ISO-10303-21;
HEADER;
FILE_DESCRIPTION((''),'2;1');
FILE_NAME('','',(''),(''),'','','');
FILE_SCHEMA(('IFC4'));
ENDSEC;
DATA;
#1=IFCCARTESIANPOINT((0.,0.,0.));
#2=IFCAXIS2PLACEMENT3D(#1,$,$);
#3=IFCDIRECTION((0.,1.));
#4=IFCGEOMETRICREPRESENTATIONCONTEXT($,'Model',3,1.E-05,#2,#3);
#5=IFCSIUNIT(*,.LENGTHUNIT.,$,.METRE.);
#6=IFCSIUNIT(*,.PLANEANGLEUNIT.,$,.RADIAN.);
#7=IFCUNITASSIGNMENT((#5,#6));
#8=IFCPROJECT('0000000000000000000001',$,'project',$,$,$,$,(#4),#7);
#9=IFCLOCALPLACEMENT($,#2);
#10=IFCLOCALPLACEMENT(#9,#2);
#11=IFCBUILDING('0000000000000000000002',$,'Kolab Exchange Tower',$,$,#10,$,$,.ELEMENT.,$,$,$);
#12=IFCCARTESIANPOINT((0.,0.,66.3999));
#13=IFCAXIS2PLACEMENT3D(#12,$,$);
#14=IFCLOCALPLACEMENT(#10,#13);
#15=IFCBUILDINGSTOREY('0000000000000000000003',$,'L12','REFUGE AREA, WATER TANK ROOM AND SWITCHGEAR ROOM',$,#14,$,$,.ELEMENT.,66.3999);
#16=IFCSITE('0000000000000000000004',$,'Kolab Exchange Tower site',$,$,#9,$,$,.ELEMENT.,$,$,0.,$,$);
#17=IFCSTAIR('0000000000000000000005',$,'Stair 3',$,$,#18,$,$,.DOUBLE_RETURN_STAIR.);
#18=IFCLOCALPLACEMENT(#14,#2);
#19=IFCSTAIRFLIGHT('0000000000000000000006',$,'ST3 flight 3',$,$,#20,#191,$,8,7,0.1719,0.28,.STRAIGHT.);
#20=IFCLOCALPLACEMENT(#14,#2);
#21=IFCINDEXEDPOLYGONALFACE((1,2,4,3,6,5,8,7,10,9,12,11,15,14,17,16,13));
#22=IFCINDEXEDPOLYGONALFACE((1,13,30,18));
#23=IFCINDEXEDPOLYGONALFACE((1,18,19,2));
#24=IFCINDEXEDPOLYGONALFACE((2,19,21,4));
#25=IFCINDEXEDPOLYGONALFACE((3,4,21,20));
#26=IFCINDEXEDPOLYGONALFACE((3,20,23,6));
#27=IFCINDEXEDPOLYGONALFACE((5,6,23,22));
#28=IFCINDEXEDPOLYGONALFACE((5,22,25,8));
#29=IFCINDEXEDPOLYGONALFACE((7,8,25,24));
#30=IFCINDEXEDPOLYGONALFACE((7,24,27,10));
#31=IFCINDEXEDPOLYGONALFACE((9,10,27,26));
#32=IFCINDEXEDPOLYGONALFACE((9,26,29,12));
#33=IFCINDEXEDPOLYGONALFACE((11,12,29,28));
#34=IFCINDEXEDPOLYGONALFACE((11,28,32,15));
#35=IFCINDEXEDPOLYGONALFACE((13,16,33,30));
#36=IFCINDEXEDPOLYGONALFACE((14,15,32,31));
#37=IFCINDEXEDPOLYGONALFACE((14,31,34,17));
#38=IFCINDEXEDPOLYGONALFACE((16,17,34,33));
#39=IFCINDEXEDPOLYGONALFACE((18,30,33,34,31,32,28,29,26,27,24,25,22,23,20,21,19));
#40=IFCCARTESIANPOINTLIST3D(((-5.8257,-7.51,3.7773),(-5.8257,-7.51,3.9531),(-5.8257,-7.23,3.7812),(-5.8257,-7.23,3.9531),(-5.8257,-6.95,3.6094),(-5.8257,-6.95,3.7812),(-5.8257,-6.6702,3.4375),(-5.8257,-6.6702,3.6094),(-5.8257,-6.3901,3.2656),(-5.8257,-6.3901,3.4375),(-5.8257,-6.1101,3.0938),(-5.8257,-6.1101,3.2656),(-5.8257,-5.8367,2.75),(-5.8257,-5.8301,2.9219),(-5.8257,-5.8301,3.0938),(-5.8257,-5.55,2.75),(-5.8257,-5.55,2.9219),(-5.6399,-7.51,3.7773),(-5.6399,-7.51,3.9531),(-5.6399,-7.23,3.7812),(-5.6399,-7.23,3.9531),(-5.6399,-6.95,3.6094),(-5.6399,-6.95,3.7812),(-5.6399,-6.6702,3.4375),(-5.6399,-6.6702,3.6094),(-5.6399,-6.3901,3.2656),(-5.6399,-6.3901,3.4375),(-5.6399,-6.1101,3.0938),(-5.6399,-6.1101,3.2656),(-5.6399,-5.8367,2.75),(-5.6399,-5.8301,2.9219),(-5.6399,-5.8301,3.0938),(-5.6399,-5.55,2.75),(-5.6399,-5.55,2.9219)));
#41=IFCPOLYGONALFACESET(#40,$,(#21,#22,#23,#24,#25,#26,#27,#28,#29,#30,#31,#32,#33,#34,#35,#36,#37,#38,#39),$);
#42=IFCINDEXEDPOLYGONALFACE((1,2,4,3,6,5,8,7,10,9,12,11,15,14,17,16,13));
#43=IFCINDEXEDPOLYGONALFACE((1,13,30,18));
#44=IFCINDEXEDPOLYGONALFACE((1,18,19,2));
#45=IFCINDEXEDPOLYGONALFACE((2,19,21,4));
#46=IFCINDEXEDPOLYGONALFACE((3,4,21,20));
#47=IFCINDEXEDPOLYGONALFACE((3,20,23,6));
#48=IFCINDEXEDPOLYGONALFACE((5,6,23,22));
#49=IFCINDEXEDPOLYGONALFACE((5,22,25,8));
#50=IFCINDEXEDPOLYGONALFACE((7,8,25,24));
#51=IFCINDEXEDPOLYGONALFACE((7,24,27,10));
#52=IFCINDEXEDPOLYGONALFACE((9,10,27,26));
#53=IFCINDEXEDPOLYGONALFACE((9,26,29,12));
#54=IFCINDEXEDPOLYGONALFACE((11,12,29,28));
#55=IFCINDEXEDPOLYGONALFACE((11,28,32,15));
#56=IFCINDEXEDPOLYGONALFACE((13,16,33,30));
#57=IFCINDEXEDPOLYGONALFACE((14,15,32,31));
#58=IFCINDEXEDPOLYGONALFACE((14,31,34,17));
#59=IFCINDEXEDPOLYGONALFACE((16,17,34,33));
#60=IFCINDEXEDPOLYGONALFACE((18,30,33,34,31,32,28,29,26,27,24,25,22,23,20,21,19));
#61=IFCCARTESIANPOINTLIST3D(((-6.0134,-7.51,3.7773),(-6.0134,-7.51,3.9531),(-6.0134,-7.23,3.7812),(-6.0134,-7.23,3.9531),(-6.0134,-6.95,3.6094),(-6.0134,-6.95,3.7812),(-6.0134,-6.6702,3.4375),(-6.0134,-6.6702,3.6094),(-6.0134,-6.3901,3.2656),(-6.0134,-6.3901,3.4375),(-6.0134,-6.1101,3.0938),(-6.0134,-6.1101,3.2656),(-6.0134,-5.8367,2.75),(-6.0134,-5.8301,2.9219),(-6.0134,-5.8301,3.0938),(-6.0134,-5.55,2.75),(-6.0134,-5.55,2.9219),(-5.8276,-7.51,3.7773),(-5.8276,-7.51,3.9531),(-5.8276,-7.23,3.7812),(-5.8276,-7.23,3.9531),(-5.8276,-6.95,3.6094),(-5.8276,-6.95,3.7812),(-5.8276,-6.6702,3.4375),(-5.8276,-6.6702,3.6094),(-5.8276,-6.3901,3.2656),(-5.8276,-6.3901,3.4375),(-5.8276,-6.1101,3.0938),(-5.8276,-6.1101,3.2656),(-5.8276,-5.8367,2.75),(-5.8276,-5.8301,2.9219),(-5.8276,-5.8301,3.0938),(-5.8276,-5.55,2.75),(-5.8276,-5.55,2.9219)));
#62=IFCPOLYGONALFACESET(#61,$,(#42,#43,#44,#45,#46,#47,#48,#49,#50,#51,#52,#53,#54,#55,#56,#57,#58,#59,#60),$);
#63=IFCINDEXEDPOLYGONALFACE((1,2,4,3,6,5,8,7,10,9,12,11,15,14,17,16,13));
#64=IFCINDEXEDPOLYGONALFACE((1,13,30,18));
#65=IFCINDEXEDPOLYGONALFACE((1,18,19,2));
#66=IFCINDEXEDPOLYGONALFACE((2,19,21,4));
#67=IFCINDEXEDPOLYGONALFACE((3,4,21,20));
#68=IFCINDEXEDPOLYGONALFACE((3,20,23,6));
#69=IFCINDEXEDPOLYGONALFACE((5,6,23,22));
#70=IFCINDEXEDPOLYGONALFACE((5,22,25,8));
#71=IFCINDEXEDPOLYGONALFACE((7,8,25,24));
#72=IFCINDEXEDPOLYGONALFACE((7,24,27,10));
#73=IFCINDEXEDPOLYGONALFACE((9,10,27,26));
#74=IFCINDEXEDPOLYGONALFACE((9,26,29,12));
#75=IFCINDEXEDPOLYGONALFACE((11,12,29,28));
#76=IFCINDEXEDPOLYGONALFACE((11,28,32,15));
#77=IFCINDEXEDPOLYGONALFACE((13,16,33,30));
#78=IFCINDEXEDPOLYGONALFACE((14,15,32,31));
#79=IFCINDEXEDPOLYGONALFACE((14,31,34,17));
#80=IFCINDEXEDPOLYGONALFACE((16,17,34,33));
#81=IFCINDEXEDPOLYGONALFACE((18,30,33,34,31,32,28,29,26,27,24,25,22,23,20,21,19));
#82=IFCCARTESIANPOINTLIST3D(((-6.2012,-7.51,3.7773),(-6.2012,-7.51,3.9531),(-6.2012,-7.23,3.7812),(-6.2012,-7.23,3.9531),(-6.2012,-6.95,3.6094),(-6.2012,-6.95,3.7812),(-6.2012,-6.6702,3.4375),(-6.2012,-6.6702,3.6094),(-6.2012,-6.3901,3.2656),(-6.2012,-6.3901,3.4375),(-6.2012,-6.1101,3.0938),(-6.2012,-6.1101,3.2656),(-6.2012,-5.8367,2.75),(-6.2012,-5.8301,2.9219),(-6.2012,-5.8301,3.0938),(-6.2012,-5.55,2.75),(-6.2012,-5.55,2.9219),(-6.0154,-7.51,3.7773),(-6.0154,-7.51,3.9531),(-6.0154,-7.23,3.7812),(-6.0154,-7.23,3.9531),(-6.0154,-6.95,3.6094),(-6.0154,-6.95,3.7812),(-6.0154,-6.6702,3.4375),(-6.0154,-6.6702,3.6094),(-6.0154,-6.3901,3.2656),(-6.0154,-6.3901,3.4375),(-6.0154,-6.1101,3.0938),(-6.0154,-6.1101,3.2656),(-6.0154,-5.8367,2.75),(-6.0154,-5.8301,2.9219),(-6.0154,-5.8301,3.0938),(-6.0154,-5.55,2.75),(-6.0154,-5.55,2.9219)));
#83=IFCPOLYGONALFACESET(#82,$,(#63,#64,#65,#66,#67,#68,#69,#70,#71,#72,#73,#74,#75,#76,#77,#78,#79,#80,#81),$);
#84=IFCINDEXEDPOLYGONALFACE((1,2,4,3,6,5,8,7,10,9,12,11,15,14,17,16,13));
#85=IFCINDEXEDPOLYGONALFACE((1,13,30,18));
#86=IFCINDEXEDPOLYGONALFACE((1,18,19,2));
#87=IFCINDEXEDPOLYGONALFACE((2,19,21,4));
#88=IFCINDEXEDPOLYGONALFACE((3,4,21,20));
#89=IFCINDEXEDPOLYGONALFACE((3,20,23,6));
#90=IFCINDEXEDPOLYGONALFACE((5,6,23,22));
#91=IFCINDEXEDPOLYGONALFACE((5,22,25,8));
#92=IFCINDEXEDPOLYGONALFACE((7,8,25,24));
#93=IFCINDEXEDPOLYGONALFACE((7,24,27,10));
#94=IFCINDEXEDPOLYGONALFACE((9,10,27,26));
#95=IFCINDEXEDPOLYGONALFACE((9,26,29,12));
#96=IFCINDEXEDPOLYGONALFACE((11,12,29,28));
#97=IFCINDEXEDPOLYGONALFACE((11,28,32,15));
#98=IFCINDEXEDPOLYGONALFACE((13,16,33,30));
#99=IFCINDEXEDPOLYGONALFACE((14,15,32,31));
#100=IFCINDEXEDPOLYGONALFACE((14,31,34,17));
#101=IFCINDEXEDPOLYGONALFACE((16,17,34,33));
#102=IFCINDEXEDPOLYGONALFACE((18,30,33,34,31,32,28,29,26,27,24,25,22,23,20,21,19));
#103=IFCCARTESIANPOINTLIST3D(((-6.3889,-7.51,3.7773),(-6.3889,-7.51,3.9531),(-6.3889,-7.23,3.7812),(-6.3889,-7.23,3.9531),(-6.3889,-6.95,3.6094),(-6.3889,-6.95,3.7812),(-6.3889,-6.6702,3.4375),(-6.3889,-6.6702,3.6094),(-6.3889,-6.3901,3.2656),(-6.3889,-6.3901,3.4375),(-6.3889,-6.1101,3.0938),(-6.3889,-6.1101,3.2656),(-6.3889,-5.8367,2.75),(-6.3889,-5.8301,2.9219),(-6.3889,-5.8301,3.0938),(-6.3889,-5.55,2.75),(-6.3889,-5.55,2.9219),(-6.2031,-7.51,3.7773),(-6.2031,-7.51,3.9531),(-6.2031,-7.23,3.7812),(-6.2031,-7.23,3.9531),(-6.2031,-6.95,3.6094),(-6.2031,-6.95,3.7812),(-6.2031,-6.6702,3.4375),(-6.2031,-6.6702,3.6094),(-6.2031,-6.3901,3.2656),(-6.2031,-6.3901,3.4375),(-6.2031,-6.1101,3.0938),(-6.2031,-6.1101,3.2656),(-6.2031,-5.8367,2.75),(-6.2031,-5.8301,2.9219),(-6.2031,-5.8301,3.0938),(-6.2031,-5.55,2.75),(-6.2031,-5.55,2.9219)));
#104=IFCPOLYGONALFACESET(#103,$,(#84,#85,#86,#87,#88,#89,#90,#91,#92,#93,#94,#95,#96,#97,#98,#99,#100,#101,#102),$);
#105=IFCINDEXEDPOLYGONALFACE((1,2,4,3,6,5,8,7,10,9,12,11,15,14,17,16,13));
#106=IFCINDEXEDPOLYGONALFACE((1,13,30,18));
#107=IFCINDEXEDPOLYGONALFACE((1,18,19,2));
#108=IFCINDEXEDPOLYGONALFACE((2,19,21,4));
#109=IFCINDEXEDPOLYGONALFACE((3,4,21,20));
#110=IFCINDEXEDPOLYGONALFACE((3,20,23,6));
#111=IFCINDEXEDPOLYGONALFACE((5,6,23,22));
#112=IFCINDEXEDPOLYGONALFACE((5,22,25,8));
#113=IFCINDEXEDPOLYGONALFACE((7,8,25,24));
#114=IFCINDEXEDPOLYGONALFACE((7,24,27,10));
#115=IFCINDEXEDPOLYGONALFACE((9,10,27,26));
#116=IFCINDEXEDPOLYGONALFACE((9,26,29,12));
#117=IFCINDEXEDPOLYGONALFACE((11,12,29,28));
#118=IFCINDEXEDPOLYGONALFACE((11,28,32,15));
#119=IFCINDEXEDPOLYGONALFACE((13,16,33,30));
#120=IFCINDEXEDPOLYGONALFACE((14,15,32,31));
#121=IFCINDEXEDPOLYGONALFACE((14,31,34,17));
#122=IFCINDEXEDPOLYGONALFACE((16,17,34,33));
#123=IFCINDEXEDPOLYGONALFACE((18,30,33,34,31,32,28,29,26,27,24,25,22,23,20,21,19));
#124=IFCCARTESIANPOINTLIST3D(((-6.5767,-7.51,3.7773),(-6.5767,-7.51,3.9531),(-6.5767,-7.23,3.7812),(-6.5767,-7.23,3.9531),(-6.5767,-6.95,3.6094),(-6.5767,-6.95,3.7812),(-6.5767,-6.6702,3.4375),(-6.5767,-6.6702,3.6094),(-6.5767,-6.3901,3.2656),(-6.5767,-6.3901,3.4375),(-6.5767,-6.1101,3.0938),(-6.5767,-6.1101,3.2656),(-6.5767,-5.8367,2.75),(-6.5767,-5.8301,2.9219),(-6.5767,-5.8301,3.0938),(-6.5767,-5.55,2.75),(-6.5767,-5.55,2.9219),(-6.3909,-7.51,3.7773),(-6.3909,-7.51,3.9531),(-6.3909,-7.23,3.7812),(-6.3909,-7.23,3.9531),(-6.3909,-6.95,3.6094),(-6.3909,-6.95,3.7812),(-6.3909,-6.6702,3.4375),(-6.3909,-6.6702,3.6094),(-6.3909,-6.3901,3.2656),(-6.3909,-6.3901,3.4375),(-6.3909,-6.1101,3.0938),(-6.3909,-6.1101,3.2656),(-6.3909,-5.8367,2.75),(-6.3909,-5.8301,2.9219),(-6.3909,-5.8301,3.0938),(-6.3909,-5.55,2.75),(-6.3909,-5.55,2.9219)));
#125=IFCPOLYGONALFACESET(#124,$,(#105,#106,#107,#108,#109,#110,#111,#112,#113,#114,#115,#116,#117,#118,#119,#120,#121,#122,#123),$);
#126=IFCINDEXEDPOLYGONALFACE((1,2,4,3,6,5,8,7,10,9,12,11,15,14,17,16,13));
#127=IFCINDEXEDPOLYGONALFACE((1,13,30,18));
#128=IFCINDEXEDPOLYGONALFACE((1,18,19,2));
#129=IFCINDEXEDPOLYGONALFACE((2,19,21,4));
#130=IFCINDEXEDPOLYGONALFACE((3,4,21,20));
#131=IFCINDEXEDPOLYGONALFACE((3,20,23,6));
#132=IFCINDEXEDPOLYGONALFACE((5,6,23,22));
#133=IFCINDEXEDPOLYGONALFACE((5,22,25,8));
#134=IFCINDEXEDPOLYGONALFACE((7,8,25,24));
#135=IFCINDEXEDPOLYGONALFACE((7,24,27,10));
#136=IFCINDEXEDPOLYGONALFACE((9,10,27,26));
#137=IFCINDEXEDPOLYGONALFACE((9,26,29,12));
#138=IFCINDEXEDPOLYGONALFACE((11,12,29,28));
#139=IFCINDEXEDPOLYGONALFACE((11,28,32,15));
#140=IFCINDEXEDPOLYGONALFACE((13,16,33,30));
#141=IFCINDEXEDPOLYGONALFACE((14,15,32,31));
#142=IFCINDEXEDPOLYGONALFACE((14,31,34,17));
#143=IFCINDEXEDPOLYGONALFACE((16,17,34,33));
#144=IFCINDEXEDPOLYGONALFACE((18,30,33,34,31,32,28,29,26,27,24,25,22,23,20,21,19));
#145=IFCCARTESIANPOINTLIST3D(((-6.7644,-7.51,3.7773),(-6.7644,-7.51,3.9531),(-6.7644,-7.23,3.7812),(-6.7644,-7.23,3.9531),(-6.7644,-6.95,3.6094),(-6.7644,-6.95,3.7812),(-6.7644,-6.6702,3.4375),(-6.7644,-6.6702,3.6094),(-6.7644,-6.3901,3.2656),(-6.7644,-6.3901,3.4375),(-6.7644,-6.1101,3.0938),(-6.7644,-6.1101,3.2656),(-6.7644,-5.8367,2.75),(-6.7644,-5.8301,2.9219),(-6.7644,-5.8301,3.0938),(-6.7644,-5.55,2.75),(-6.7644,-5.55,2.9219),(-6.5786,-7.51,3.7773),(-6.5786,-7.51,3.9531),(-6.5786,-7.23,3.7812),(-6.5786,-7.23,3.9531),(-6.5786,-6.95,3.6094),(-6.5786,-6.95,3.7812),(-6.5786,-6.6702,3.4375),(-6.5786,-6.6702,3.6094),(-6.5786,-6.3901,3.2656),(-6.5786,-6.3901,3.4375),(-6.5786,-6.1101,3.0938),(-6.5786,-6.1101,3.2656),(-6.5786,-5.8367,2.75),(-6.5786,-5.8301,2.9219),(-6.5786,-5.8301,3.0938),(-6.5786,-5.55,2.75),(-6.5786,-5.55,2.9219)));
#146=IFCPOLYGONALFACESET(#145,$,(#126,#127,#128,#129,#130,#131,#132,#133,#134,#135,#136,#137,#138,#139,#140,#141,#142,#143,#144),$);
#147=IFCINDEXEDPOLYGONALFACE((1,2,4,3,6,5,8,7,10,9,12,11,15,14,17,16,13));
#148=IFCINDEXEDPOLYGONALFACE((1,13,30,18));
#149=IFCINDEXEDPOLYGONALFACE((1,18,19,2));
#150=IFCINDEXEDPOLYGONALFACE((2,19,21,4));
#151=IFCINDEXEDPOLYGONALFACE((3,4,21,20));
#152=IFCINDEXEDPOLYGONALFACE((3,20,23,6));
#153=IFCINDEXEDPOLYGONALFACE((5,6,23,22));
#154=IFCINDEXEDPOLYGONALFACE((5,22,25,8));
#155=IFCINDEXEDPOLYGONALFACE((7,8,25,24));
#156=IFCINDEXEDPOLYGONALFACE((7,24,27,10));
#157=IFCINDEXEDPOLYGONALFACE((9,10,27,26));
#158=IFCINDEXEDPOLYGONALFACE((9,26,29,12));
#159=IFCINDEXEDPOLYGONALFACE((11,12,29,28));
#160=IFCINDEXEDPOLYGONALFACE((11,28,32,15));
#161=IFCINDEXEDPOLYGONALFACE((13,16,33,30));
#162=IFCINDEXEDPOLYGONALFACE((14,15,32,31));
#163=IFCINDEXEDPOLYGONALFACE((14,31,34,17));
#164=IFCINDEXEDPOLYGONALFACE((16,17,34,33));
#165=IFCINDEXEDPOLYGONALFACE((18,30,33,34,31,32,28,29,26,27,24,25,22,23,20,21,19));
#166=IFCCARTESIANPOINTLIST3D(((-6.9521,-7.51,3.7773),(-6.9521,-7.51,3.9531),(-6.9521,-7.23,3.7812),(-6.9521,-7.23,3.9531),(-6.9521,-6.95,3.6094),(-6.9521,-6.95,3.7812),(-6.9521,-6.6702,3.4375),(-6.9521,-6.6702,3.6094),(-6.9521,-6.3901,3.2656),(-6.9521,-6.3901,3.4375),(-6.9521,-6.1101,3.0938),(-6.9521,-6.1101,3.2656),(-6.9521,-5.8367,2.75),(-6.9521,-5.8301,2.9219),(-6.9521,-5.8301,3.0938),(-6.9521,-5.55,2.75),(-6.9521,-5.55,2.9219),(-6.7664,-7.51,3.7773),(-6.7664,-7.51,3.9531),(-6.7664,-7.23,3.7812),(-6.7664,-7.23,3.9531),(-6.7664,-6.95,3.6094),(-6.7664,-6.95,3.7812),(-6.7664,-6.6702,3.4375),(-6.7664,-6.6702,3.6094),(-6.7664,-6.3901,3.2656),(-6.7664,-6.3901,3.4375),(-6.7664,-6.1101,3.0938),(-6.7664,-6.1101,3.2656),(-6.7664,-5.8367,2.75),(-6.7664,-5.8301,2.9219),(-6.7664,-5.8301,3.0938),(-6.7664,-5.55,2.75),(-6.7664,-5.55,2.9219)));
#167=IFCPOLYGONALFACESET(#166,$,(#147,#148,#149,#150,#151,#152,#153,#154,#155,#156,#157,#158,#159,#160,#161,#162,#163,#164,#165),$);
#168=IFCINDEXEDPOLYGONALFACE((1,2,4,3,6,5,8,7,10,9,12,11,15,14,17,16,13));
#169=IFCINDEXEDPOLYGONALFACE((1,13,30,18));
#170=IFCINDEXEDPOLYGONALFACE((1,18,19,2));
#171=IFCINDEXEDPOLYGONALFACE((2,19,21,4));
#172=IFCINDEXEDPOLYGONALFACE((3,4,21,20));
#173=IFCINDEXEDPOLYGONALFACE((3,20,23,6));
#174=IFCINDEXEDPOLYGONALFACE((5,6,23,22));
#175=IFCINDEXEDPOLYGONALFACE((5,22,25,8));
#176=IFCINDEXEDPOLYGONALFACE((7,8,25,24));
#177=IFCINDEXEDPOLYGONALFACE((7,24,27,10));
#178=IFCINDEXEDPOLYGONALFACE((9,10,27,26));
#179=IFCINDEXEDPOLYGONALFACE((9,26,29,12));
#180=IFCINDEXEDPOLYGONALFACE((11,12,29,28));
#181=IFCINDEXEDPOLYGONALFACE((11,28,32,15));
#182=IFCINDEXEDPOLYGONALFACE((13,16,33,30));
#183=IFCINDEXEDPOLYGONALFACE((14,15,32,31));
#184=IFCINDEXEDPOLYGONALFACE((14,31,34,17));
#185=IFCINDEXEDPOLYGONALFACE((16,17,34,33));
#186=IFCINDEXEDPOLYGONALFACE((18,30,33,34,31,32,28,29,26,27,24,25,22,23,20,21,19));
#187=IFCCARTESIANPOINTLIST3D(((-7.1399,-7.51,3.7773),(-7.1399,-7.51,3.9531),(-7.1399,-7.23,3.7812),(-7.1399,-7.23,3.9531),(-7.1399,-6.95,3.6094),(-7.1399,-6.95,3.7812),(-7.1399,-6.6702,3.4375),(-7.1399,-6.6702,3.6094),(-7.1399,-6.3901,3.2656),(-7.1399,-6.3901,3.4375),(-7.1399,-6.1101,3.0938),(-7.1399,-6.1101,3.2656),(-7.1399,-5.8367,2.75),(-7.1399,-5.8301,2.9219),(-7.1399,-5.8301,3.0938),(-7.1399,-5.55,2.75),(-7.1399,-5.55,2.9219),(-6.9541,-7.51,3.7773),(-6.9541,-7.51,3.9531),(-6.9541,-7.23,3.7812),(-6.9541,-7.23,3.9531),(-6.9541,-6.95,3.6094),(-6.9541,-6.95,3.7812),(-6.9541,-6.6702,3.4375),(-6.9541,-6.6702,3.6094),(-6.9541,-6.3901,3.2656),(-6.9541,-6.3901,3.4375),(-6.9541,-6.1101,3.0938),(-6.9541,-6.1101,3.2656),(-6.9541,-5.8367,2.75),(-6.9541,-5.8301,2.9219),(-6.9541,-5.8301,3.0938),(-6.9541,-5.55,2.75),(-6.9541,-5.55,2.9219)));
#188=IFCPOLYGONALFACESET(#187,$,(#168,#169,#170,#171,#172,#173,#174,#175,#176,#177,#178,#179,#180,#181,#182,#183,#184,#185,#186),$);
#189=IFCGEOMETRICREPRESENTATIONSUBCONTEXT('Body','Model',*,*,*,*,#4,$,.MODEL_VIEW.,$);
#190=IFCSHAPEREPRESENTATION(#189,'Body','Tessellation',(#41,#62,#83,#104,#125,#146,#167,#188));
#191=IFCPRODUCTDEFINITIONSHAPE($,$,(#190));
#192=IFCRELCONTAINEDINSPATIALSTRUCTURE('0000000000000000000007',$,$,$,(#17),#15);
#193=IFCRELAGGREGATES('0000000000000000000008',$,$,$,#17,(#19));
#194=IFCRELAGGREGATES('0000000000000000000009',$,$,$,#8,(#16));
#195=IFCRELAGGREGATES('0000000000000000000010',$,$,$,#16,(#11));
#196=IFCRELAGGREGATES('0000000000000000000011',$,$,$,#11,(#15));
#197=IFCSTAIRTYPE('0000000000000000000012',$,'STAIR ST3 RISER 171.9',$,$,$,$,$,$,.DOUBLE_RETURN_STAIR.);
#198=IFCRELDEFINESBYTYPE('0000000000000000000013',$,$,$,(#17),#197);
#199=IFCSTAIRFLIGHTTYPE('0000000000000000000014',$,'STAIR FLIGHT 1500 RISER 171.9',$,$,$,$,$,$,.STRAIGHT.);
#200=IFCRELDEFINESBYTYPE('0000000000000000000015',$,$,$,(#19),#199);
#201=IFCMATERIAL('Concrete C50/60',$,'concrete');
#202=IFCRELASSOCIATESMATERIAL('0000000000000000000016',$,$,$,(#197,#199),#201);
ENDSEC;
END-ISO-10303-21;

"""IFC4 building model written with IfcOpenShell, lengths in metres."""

from ifc_helpers import new_model, si_unit, direction, frame, origin, place, context, subcontext, project, spatial, polyline, outline, extrude, material, type_object, element, aggregate, save


model = new_model("IFC4")

# Units and contexts
model_context = context("Model", 3, precision=1e-05, world=origin(), true_north=direction((0.0, 1.0)))
body_context = subcontext(model_context, "Body", "Model", "MODEL_VIEW")
ifc_project = project(units=[si_unit("LENGTHUNIT", "METRE"), si_unit("PLANEANGLEUNIT", "RADIAN")], contexts=[model_context])

# Site, building, storey
site_placement = place(None, origin())
site = spatial("IfcSite", under=ifc_project, at=site_placement, Name="Kolab Exchange Tower site", CompositionType="ELEMENT", RefElevation=0.0)
building_placement = place(site_placement, origin())
building = spatial("IfcBuilding", under=site, at=building_placement, Name="Kolab Exchange Tower", CompositionType="ELEMENT")
storey_placement = place(building_placement, frame((0.0, 0.0, 66.3999)))
storey = spatial("IfcBuildingStorey", under=building, at=storey_placement, Name="L12", Description="REFUGE AREA, WATER TANK ROOM AND SWITCHGEAR ROOM", CompositionType="ELEMENT", Elevation=66.3999)

# Shared definitions
ifc_material_1 = material(Name="Concrete C50/60", Category="concrete")

# Stair, stair flight
stair_type = type_object("IfcStairType", Name="STAIR ST3 RISER 171.9", PredefinedType="DOUBLE_RETURN_STAIR", material=ifc_material_1)
stair_placement = place(storey_placement, origin())
stair = element("IfcStair", 1, at=stair_placement, inside=storey, type_object=stair_type, Name="Stair 3", PredefinedType="DOUBLE_RETURN_STAIR")
stair_flight_type = type_object("IfcStairFlightType", Name="STAIR FLIGHT 1500 RISER 171.9", PredefinedType="STRAIGHT", material=ifc_material_1)
stair_flight_1_placement = place(storey_placement, frame((-6.3899, -5.55, 2.75), z_axis=(0.0, 0.0, 1.0), x_axis=(0.0, -1.0, 0.0)))
stair_flight_1 = element("IfcStairFlight", 2, at=stair_flight_1_placement, type_object=stair_flight_type, Name="ST3 flight 3", NumberOfRisers=8, NumberOfTreads=7, PredefinedType="STRAIGHT", RiserHeight=0.1719, TreadLength=0.28, context=body_context, shape_type="SweptSolid", body=[
    extrude(outline(polyline([(0.0, 0.0), (0.0, 0.1719), (0.28, 0.1719), (0.28, 0.3438), (0.5601, 0.3438), (0.5601, 0.5156), (0.8401, 0.5156), (0.8401, 0.6875), (1.1201, 0.6875), (1.1201, 0.8594), (1.3999, 0.8594), (1.3999, 1.0312), (1.6799, 1.0312), (1.6799, 1.2031), (1.96, 1.2031), (1.96, 1.375), (1.96, 1.0273), (0.2866, 0.0), (0.0, 0.0)])), frame((0.0, 0.75, 0.0), z_axis=(0.0, -1.0, 0.0), x_axis=(1.0, 0.0, 0.0)), (0.0, 0.0, 1.0), 0.1858),
    extrude(outline(polyline([(0.0, 0.0), (0.0, 0.1719), (0.28, 0.1719), (0.28, 0.3438), (0.5601, 0.3438), (0.5601, 0.5156), (0.8401, 0.5156), (0.8401, 0.6875), (1.1201, 0.6875), (1.1201, 0.8594), (1.3999, 0.8594), (1.3999, 1.0312), (1.6799, 1.0312), (1.6799, 1.2031), (1.96, 1.2031), (1.96, 1.375), (1.96, 1.0273), (0.2866, 0.0), (0.0, 0.0)])), frame((0.0, 0.5623, 0.0), z_axis=(0.0, -1.0, 0.0), x_axis=(1.0, 0.0, 0.0)), (0.0, 0.0, 1.0), 0.1858),
    extrude(outline(polyline([(0.0, 0.0), (0.0, 0.1719), (0.28, 0.1719), (0.28, 0.3438), (0.5601, 0.3438), (0.5601, 0.5156), (0.8401, 0.5156), (0.8401, 0.6875), (1.1201, 0.6875), (1.1201, 0.8594), (1.3999, 0.8594), (1.3999, 1.0312), (1.6799, 1.0312), (1.6799, 1.2031), (1.96, 1.2031), (1.96, 1.375), (1.96, 1.0273), (0.2866, 0.0), (0.0, 0.0)])), frame((0.0, 0.3745, 0.0), z_axis=(0.0, -1.0, 0.0), x_axis=(1.0, 0.0, 0.0)), (0.0, 0.0, 1.0), 0.1858),
    extrude(outline(polyline([(0.0, 0.0), (0.0, 0.1719), (0.28, 0.1719), (0.28, 0.3438), (0.5601, 0.3438), (0.5601, 0.5156), (0.8401, 0.5156), (0.8401, 0.6875), (1.1201, 0.6875), (1.1201, 0.8594), (1.3999, 0.8594), (1.3999, 1.0312), (1.6799, 1.0312), (1.6799, 1.2031), (1.96, 1.2031), (1.96, 1.375), (1.96, 1.0273), (0.2866, 0.0), (0.0, 0.0)])), frame((0.0, 0.1868, 0.0), z_axis=(0.0, -1.0, 0.0), x_axis=(1.0, 0.0, 0.0)), (0.0, 0.0, 1.0), 0.1858),
    extrude(outline(polyline([(0.0, 0.0), (0.0, 0.1719), (0.28, 0.1719), (0.28, 0.3438), (0.5601, 0.3438), (0.5601, 0.5156), (0.8401, 0.5156), (0.8401, 0.6875), (1.1201, 0.6875), (1.1201, 0.8594), (1.3999, 0.8594), (1.3999, 1.0312), (1.6799, 1.0312), (1.6799, 1.2031), (1.96, 1.2031), (1.96, 1.375), (1.96, 1.0273), (0.2866, 0.0), (0.0, 0.0)])), frame((0.0, -0.001, 0.0), z_axis=(0.0, -1.0, 0.0), x_axis=(1.0, 0.0, 0.0)), (0.0, 0.0, 1.0), 0.1858),
    extrude(outline(polyline([(0.0, 0.0), (0.0, 0.1719), (0.28, 0.1719), (0.28, 0.3438), (0.5601, 0.3438), (0.5601, 0.5156), (0.8401, 0.5156), (0.8401, 0.6875), (1.1201, 0.6875), (1.1201, 0.8594), (1.3999, 0.8594), (1.3999, 1.0312), (1.6799, 1.0312), (1.6799, 1.2031), (1.96, 1.2031), (1.96, 1.375), (1.96, 1.0273), (0.2866, 0.0), (0.0, 0.0)])), frame((0.0, -0.1887, 0.0), z_axis=(0.0, -1.0, 0.0), x_axis=(1.0, 0.0, 0.0)), (0.0, 0.0, 1.0), 0.1858),
    extrude(outline(polyline([(0.0, 0.0), (0.0, 0.1719), (0.28, 0.1719), (0.28, 0.3438), (0.5601, 0.3438), (0.5601, 0.5156), (0.8401, 0.5156), (0.8401, 0.6875), (1.1201, 0.6875), (1.1201, 0.8594), (1.3999, 0.8594), (1.3999, 1.0312), (1.6799, 1.0312), (1.6799, 1.2031), (1.96, 1.2031), (1.96, 1.375), (1.96, 1.0273), (0.2866, 0.0), (0.0, 0.0)])), frame((0.0, -0.3765, 0.0), z_axis=(0.0, -1.0, 0.0), x_axis=(1.0, 0.0, 0.0)), (0.0, 0.0, 1.0), 0.1858),
    extrude(outline(polyline([(0.0, 0.0), (0.0, 0.1719), (0.28, 0.1719), (0.28, 0.3438), (0.5601, 0.3438), (0.5601, 0.5156), (0.8401, 0.5156), (0.8401, 0.6875), (1.1201, 0.6875), (1.1201, 0.8594), (1.3999, 0.8594), (1.3999, 1.0312), (1.6799, 1.0312), (1.6799, 1.2031), (1.96, 1.2031), (1.96, 1.375), (1.96, 1.0273), (0.2866, 0.0), (0.0, 0.0)])), frame((0.0, -0.5642, 0.0), z_axis=(0.0, -1.0, 0.0), x_axis=(1.0, 0.0, 0.0)), (0.0, 0.0, 1.0), 0.1858),
])
aggregate(stair, [stair_flight_1])

save(model, "model.ifc")
